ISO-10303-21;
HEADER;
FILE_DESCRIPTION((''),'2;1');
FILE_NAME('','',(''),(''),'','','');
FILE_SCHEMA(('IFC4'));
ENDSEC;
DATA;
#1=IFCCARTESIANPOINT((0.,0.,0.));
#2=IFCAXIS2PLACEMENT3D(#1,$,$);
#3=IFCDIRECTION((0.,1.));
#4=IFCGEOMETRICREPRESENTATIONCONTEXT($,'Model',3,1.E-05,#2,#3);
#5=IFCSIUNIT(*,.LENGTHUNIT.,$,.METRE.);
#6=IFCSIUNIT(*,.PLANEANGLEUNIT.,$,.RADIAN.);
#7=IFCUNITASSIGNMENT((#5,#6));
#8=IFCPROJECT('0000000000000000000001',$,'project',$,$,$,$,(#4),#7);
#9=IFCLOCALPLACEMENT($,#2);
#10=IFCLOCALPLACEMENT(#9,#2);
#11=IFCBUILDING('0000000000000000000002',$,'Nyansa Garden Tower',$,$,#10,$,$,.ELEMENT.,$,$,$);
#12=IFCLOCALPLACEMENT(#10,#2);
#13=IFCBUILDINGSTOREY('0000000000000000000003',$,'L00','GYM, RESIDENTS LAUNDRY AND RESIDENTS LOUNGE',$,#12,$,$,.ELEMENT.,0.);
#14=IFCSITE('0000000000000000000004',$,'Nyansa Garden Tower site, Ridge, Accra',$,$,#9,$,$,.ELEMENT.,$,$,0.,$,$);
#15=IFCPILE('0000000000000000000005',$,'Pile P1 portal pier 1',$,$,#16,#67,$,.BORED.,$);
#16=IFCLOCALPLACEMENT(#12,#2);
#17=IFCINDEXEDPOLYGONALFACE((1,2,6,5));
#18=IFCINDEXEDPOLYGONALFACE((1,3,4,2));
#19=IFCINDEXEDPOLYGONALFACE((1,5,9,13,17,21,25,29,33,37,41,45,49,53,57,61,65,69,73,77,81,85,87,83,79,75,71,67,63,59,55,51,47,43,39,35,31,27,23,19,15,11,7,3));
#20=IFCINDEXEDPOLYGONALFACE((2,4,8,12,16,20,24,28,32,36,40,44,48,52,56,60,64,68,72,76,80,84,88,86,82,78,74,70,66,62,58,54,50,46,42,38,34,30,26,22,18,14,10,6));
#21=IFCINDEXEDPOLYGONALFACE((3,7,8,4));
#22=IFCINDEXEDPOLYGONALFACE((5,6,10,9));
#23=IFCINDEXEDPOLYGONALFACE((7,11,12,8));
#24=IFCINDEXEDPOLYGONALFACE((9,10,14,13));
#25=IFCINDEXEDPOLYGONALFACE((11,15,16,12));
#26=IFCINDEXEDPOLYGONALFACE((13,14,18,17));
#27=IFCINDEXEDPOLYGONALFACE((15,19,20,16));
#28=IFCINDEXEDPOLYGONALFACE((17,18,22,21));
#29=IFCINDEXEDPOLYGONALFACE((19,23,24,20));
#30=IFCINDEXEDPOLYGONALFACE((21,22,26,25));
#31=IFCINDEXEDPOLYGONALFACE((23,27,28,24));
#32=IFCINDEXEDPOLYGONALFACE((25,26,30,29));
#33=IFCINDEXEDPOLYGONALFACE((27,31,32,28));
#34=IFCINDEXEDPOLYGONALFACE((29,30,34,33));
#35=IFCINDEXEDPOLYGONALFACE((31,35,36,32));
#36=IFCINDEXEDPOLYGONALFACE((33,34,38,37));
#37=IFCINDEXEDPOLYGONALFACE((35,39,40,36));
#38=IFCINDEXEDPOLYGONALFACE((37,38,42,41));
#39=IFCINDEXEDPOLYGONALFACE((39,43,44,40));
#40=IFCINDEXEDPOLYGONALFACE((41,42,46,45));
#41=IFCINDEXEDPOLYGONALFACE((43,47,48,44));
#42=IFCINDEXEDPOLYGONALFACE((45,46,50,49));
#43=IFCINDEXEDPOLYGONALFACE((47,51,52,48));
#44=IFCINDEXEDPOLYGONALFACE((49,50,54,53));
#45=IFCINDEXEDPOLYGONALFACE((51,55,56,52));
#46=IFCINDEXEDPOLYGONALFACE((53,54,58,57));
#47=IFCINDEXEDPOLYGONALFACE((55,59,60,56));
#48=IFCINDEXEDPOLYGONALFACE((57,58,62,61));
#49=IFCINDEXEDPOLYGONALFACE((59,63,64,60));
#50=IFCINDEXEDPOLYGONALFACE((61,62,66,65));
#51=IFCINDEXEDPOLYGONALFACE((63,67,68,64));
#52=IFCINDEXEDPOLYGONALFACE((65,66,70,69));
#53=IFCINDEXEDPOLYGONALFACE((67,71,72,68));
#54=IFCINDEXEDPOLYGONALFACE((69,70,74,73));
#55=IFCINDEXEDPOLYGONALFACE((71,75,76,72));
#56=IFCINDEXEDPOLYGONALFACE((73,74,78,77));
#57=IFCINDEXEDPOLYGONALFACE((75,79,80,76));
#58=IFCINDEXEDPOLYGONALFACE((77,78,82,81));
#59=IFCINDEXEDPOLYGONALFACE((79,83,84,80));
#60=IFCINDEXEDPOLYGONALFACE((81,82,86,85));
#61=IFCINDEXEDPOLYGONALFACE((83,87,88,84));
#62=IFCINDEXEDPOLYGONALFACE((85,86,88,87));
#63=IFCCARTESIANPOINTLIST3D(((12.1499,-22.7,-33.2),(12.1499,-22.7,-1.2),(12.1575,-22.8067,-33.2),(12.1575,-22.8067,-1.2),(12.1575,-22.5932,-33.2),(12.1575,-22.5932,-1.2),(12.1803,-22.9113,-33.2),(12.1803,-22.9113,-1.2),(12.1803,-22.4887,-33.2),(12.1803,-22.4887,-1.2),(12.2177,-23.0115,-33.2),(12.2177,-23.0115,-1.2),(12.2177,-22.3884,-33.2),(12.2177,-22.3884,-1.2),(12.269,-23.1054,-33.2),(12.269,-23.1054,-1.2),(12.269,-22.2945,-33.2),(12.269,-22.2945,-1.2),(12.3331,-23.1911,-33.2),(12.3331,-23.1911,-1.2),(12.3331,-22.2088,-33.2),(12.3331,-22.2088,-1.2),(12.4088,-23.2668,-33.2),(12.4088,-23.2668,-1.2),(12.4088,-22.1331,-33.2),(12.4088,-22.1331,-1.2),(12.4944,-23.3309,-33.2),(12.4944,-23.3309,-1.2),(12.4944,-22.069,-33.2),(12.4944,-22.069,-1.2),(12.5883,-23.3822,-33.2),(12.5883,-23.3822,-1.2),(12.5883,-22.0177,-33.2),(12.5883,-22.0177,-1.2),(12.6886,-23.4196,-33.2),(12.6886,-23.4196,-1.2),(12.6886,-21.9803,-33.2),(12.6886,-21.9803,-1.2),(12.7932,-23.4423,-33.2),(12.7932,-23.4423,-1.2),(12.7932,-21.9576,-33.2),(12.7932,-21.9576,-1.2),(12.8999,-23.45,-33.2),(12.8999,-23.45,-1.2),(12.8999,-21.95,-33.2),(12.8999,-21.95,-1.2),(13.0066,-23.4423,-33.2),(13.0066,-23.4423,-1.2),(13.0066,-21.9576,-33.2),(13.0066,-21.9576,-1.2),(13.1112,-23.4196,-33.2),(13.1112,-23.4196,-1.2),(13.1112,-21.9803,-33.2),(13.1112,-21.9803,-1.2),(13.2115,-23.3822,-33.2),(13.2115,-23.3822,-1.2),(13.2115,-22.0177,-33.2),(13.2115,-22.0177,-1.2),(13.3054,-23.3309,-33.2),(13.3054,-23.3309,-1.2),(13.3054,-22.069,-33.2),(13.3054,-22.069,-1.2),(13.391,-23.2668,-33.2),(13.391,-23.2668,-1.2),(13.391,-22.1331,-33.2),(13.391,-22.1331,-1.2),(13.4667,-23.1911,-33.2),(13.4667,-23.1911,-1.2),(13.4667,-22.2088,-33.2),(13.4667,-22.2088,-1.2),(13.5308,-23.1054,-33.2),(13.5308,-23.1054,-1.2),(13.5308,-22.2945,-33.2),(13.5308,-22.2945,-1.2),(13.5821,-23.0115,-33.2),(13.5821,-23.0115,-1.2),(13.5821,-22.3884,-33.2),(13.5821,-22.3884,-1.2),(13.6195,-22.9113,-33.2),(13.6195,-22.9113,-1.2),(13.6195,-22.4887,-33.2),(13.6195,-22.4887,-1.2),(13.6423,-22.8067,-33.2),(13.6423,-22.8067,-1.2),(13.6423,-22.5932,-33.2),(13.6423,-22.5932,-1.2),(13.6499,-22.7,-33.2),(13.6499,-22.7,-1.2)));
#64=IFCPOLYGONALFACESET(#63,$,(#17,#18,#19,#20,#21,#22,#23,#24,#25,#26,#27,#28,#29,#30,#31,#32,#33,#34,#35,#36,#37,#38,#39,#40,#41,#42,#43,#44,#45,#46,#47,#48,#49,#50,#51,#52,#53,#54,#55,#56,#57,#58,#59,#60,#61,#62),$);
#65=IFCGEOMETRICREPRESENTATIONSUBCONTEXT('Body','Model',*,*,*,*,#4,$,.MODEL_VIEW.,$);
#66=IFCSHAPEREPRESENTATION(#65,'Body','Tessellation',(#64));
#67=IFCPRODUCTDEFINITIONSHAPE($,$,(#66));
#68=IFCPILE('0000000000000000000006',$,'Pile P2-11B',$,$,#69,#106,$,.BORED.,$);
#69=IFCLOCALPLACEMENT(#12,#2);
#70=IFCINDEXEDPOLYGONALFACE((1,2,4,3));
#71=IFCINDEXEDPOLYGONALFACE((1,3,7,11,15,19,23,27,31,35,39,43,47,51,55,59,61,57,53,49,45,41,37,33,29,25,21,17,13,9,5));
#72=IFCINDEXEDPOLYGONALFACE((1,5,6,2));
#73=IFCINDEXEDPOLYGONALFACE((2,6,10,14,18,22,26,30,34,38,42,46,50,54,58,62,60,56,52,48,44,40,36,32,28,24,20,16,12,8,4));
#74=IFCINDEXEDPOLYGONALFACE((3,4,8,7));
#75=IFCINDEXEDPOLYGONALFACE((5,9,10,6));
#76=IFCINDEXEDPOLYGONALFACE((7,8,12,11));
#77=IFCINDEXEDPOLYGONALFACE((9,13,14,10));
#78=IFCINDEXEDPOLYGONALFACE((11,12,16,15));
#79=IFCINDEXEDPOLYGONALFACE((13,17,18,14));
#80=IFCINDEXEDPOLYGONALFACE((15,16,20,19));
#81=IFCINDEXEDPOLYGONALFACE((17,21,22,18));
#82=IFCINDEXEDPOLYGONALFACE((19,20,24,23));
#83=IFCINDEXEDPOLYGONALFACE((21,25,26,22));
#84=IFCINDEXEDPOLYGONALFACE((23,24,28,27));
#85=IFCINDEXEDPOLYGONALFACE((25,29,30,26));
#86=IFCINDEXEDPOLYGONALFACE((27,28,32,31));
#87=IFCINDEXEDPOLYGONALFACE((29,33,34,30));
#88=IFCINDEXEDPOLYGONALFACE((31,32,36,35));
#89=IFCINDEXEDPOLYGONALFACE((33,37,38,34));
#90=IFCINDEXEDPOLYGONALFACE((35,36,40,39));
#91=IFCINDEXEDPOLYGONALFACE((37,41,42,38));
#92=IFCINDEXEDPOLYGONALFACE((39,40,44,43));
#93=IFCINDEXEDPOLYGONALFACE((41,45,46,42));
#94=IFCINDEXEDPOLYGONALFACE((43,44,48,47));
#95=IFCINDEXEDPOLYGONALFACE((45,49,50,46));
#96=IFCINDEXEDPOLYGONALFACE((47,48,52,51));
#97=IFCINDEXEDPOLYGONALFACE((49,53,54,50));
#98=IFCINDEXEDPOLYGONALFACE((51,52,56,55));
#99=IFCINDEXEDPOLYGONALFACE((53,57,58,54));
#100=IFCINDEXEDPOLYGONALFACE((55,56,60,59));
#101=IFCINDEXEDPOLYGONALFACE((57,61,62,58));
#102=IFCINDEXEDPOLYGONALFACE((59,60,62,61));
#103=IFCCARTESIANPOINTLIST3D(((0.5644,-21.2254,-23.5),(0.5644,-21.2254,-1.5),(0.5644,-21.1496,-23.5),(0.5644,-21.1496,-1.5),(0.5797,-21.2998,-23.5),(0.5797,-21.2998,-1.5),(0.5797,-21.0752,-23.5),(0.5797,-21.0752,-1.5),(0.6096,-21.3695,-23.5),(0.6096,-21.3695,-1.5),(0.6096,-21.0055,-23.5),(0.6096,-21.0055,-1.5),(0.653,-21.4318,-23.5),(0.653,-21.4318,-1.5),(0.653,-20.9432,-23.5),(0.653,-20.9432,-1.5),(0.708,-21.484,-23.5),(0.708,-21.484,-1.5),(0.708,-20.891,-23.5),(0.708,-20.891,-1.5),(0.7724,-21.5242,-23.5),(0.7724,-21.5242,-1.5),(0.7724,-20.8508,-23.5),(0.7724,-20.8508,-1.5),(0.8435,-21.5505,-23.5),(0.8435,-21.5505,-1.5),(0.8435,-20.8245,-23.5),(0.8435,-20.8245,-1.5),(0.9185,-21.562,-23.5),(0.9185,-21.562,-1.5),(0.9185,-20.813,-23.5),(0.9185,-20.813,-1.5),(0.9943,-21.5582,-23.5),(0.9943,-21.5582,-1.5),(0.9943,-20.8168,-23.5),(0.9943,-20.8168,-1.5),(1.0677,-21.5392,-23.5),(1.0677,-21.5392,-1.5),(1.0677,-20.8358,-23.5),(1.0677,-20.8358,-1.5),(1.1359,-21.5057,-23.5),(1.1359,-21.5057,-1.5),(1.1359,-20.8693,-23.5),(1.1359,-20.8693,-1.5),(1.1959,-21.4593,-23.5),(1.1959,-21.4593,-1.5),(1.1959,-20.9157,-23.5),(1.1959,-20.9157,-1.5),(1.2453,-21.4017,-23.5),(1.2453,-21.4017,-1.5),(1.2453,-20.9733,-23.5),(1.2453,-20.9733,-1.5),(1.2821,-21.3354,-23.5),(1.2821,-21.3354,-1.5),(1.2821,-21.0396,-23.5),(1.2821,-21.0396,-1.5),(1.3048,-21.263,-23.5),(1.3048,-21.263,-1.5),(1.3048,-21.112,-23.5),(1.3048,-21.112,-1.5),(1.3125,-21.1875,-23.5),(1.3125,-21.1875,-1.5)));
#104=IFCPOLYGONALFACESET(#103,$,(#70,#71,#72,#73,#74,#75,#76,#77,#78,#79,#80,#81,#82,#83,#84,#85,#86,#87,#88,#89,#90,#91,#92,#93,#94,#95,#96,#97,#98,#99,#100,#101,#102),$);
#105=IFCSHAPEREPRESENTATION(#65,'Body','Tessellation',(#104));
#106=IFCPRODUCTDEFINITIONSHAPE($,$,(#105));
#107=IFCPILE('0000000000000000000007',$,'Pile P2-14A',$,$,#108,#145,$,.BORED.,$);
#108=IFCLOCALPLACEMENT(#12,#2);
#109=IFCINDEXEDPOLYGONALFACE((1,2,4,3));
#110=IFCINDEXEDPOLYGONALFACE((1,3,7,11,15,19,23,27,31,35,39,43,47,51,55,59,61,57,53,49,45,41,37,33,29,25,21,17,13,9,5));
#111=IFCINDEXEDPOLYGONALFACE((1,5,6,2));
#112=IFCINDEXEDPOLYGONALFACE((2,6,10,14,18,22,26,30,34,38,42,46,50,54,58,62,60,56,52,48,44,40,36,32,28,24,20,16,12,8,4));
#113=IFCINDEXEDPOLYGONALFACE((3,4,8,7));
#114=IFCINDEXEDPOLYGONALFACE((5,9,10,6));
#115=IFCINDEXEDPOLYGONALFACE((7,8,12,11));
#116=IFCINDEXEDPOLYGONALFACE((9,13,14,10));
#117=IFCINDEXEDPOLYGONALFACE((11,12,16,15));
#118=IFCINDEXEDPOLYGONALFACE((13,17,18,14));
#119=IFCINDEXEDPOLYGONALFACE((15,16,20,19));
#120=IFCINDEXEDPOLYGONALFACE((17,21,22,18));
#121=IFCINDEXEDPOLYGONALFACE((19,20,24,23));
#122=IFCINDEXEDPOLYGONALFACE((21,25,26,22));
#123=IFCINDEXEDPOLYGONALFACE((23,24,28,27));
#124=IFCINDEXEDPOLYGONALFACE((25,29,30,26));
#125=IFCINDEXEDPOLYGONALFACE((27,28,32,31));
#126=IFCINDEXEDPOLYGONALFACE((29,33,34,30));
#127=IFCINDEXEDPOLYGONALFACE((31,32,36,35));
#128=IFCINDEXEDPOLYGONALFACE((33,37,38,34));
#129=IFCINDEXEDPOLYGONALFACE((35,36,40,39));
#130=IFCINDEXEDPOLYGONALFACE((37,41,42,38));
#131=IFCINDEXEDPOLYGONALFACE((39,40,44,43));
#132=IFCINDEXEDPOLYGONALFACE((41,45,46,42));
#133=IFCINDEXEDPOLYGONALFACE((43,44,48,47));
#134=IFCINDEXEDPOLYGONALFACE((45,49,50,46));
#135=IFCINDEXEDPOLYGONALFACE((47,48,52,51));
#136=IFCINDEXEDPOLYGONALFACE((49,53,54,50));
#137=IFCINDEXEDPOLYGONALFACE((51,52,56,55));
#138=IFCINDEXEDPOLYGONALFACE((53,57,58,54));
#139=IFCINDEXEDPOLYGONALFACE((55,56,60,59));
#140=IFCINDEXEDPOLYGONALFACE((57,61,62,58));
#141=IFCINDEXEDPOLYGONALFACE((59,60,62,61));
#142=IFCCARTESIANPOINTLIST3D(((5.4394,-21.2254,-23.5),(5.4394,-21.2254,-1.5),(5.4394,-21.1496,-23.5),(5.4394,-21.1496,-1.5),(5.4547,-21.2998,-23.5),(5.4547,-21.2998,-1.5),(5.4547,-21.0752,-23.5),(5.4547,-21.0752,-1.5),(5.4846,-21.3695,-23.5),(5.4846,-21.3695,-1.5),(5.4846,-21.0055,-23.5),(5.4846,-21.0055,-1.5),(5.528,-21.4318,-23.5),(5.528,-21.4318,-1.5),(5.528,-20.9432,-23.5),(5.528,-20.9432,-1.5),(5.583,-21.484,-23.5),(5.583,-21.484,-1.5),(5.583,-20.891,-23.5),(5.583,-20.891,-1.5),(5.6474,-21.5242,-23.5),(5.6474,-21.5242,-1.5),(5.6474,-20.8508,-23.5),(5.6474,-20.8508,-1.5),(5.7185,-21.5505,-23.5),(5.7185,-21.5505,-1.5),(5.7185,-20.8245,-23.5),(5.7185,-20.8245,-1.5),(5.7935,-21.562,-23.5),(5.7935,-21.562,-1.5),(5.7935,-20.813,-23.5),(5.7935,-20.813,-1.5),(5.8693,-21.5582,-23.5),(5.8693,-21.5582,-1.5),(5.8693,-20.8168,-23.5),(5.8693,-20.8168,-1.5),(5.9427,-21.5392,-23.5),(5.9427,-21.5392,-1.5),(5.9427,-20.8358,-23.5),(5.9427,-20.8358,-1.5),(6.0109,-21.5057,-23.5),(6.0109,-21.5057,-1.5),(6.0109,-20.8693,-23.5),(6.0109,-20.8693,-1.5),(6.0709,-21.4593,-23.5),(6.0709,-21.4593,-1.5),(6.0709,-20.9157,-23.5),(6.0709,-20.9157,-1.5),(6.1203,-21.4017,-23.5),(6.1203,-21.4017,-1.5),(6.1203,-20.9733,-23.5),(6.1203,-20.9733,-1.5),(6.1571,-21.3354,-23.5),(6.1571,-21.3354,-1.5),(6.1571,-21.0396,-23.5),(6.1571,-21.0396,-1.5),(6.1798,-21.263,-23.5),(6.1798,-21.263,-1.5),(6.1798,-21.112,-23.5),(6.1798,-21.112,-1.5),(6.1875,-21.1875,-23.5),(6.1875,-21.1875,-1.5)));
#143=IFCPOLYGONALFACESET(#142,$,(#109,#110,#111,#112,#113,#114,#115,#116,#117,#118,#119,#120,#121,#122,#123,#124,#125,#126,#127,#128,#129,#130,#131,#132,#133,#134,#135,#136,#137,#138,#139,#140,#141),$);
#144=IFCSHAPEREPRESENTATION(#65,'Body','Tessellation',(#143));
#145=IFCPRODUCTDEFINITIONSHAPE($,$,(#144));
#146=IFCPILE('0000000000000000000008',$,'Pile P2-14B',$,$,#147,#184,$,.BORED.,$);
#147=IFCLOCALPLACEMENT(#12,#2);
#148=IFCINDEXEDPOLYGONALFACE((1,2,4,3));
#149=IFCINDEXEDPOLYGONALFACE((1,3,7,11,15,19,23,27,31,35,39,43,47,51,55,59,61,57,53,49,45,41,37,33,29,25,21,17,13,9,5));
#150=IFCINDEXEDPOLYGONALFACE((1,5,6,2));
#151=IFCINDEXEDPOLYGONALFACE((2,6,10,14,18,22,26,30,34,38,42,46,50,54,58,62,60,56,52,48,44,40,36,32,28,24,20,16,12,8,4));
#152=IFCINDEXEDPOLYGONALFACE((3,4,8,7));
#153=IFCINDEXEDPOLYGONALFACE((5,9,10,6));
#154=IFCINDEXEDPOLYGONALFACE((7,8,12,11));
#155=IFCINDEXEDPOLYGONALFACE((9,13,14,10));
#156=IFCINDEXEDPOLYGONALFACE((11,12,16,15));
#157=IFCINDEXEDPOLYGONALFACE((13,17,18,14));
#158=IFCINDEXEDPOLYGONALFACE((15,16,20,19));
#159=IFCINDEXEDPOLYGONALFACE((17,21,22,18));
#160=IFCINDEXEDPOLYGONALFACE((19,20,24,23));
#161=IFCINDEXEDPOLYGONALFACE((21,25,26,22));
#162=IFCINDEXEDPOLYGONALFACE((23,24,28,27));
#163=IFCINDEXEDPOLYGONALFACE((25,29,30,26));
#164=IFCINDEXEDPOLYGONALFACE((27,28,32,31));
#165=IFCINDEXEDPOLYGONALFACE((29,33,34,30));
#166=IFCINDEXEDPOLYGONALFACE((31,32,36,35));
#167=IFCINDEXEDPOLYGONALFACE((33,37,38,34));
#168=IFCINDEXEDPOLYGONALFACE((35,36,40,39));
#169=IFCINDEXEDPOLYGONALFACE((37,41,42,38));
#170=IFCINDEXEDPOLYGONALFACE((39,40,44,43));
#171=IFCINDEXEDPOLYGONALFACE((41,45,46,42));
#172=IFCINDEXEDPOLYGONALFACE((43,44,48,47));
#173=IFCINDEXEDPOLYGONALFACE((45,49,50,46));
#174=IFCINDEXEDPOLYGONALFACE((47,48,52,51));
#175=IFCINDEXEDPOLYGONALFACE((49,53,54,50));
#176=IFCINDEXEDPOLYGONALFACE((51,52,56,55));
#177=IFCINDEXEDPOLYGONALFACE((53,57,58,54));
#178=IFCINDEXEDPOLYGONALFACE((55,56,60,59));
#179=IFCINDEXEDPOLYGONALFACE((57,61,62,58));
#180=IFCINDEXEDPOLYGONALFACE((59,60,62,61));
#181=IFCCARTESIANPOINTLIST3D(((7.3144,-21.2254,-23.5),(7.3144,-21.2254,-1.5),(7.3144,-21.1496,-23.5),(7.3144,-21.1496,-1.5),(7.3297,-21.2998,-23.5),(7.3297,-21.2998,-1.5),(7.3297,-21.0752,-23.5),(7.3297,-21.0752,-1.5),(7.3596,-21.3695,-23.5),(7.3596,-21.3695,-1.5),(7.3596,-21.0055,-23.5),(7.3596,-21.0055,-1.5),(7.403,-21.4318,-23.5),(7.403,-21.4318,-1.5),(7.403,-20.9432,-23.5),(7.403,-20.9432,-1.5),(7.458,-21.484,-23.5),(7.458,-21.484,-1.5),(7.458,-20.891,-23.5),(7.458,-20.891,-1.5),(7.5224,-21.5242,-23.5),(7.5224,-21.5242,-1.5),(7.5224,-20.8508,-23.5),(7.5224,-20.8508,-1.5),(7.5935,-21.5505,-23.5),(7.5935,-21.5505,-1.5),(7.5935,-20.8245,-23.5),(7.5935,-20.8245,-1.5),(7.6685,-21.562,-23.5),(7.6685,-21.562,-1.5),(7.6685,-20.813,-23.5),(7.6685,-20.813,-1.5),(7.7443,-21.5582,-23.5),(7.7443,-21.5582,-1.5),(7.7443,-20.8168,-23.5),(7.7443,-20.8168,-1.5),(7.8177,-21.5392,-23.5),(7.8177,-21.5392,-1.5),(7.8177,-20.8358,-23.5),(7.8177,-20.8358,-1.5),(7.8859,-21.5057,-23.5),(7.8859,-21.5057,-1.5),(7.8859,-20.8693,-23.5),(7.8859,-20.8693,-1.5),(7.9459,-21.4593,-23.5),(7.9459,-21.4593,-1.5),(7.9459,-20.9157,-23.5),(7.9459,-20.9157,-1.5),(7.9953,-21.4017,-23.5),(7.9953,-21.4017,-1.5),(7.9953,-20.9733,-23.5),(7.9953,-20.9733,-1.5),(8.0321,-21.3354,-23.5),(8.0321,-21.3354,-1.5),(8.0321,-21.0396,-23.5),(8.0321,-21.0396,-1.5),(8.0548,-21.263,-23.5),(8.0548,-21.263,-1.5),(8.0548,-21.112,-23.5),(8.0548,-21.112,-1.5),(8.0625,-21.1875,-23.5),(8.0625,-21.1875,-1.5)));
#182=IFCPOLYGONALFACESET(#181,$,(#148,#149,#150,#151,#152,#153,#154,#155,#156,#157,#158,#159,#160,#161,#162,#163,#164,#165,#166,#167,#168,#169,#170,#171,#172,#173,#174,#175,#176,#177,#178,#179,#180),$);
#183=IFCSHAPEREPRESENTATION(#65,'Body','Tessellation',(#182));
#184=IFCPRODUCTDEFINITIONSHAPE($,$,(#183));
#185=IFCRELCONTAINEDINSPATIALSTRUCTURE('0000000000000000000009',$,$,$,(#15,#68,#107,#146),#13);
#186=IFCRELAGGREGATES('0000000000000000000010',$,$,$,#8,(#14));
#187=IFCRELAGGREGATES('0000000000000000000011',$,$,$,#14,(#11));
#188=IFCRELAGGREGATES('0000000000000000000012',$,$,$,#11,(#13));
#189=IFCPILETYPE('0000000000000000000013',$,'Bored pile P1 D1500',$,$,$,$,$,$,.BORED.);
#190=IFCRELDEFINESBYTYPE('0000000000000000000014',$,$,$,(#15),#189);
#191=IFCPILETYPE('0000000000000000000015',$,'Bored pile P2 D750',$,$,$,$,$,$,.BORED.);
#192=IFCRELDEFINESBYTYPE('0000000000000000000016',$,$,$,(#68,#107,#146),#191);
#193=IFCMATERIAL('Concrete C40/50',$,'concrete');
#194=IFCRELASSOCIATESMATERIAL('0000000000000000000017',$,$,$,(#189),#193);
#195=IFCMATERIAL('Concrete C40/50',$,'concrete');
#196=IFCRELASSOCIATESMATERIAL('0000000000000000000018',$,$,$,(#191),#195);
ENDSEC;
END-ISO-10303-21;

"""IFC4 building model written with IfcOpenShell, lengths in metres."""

from ifc_helpers import new_model, si_unit, direction, frame, origin, origin_2d, place, context, subcontext, project, spatial, circle, extrude, material, type_object, element, save


model = new_model("IFC4")

# Units and contexts
model_context = context("Model", 3, precision=1e-05, world=origin(), true_north=direction((0.0, 1.0)))
body_context = subcontext(model_context, "Body", "Model", "MODEL_VIEW")
ifc_project = project(units=[si_unit("LENGTHUNIT", "METRE"), si_unit("PLANEANGLEUNIT", "RADIAN")], contexts=[model_context])

# Site, building, storey
site_placement = place(None, origin())
site = spatial("IfcSite", under=ifc_project, at=site_placement, Name="Nyansa Garden Tower site, Ridge, Accra", CompositionType="ELEMENT", RefElevation=0.0)
building_placement = place(site_placement, origin())
building = spatial("IfcBuilding", under=site, at=building_placement, Name="Nyansa Garden Tower", CompositionType="ELEMENT")
storey_placement = place(building_placement, origin())
storey = spatial("IfcBuildingStorey", under=building, at=storey_placement, Name="L00", Description="GYM, RESIDENTS LAUNDRY AND RESIDENTS LOUNGE", CompositionType="ELEMENT", Elevation=0.0)

# Piles
ifc_material_1 = material(Name="Concrete C40/50", Category="concrete")
pile_type_1 = type_object("IfcPileType", Name="Bored pile P1 D1500", PredefinedType="BORED", material=ifc_material_1)
pile_placement = place(storey_placement, frame((12.8999, -22.7, -1.2), z_axis=(0.0, 0.0, -1.0), x_axis=(1.0, 0.0, 0.0)))
element("IfcPile", 1, at=pile_placement, inside=storey, type_object=pile_type_1, Name="Pile P1 portal pier 1", PredefinedType="BORED", context=body_context, shape_type="SweptSolid", body=[
    extrude(circle(Radius=0.75, at=origin_2d()), origin(), (0.0, 0.0, 1.0), 32.0),
])
ifc_material_2 = material(Name="Concrete C40/50", Category="concrete")
pile_type_2 = type_object("IfcPileType", Name="Bored pile P2 D750", PredefinedType="BORED", material=ifc_material_2)
for number, where, z_axis, x_axis, name in (
    (2, (0.9375, -21.1875, -1.5), (0.0, 0.0, -1.0), (1.0, 0.0, 0.0), "Pile P2-11B"),
    (3, (5.8125, -21.1875, -1.5), (0.0, 0.0, -1.0), (1.0, 0.0, 0.0), "Pile P2-14A"),
    (4, (7.6875, -21.1875, -1.5), (0.0, 0.0, -1.0), (1.0, 0.0, 0.0), "Pile P2-14B"),
):
    element("IfcPile", number, at=place(storey_placement, frame(where, z_axis=z_axis, x_axis=x_axis)), inside=storey, type_object=pile_type_2, Name=name, PredefinedType="BORED", context=body_context, shape_type="SweptSolid", body=[
        extrude(circle(Radius=0.375, at=origin_2d()), origin(), (0.0, 0.0, 1.0), 22.0),
    ])

save(model, "model.ifc")
